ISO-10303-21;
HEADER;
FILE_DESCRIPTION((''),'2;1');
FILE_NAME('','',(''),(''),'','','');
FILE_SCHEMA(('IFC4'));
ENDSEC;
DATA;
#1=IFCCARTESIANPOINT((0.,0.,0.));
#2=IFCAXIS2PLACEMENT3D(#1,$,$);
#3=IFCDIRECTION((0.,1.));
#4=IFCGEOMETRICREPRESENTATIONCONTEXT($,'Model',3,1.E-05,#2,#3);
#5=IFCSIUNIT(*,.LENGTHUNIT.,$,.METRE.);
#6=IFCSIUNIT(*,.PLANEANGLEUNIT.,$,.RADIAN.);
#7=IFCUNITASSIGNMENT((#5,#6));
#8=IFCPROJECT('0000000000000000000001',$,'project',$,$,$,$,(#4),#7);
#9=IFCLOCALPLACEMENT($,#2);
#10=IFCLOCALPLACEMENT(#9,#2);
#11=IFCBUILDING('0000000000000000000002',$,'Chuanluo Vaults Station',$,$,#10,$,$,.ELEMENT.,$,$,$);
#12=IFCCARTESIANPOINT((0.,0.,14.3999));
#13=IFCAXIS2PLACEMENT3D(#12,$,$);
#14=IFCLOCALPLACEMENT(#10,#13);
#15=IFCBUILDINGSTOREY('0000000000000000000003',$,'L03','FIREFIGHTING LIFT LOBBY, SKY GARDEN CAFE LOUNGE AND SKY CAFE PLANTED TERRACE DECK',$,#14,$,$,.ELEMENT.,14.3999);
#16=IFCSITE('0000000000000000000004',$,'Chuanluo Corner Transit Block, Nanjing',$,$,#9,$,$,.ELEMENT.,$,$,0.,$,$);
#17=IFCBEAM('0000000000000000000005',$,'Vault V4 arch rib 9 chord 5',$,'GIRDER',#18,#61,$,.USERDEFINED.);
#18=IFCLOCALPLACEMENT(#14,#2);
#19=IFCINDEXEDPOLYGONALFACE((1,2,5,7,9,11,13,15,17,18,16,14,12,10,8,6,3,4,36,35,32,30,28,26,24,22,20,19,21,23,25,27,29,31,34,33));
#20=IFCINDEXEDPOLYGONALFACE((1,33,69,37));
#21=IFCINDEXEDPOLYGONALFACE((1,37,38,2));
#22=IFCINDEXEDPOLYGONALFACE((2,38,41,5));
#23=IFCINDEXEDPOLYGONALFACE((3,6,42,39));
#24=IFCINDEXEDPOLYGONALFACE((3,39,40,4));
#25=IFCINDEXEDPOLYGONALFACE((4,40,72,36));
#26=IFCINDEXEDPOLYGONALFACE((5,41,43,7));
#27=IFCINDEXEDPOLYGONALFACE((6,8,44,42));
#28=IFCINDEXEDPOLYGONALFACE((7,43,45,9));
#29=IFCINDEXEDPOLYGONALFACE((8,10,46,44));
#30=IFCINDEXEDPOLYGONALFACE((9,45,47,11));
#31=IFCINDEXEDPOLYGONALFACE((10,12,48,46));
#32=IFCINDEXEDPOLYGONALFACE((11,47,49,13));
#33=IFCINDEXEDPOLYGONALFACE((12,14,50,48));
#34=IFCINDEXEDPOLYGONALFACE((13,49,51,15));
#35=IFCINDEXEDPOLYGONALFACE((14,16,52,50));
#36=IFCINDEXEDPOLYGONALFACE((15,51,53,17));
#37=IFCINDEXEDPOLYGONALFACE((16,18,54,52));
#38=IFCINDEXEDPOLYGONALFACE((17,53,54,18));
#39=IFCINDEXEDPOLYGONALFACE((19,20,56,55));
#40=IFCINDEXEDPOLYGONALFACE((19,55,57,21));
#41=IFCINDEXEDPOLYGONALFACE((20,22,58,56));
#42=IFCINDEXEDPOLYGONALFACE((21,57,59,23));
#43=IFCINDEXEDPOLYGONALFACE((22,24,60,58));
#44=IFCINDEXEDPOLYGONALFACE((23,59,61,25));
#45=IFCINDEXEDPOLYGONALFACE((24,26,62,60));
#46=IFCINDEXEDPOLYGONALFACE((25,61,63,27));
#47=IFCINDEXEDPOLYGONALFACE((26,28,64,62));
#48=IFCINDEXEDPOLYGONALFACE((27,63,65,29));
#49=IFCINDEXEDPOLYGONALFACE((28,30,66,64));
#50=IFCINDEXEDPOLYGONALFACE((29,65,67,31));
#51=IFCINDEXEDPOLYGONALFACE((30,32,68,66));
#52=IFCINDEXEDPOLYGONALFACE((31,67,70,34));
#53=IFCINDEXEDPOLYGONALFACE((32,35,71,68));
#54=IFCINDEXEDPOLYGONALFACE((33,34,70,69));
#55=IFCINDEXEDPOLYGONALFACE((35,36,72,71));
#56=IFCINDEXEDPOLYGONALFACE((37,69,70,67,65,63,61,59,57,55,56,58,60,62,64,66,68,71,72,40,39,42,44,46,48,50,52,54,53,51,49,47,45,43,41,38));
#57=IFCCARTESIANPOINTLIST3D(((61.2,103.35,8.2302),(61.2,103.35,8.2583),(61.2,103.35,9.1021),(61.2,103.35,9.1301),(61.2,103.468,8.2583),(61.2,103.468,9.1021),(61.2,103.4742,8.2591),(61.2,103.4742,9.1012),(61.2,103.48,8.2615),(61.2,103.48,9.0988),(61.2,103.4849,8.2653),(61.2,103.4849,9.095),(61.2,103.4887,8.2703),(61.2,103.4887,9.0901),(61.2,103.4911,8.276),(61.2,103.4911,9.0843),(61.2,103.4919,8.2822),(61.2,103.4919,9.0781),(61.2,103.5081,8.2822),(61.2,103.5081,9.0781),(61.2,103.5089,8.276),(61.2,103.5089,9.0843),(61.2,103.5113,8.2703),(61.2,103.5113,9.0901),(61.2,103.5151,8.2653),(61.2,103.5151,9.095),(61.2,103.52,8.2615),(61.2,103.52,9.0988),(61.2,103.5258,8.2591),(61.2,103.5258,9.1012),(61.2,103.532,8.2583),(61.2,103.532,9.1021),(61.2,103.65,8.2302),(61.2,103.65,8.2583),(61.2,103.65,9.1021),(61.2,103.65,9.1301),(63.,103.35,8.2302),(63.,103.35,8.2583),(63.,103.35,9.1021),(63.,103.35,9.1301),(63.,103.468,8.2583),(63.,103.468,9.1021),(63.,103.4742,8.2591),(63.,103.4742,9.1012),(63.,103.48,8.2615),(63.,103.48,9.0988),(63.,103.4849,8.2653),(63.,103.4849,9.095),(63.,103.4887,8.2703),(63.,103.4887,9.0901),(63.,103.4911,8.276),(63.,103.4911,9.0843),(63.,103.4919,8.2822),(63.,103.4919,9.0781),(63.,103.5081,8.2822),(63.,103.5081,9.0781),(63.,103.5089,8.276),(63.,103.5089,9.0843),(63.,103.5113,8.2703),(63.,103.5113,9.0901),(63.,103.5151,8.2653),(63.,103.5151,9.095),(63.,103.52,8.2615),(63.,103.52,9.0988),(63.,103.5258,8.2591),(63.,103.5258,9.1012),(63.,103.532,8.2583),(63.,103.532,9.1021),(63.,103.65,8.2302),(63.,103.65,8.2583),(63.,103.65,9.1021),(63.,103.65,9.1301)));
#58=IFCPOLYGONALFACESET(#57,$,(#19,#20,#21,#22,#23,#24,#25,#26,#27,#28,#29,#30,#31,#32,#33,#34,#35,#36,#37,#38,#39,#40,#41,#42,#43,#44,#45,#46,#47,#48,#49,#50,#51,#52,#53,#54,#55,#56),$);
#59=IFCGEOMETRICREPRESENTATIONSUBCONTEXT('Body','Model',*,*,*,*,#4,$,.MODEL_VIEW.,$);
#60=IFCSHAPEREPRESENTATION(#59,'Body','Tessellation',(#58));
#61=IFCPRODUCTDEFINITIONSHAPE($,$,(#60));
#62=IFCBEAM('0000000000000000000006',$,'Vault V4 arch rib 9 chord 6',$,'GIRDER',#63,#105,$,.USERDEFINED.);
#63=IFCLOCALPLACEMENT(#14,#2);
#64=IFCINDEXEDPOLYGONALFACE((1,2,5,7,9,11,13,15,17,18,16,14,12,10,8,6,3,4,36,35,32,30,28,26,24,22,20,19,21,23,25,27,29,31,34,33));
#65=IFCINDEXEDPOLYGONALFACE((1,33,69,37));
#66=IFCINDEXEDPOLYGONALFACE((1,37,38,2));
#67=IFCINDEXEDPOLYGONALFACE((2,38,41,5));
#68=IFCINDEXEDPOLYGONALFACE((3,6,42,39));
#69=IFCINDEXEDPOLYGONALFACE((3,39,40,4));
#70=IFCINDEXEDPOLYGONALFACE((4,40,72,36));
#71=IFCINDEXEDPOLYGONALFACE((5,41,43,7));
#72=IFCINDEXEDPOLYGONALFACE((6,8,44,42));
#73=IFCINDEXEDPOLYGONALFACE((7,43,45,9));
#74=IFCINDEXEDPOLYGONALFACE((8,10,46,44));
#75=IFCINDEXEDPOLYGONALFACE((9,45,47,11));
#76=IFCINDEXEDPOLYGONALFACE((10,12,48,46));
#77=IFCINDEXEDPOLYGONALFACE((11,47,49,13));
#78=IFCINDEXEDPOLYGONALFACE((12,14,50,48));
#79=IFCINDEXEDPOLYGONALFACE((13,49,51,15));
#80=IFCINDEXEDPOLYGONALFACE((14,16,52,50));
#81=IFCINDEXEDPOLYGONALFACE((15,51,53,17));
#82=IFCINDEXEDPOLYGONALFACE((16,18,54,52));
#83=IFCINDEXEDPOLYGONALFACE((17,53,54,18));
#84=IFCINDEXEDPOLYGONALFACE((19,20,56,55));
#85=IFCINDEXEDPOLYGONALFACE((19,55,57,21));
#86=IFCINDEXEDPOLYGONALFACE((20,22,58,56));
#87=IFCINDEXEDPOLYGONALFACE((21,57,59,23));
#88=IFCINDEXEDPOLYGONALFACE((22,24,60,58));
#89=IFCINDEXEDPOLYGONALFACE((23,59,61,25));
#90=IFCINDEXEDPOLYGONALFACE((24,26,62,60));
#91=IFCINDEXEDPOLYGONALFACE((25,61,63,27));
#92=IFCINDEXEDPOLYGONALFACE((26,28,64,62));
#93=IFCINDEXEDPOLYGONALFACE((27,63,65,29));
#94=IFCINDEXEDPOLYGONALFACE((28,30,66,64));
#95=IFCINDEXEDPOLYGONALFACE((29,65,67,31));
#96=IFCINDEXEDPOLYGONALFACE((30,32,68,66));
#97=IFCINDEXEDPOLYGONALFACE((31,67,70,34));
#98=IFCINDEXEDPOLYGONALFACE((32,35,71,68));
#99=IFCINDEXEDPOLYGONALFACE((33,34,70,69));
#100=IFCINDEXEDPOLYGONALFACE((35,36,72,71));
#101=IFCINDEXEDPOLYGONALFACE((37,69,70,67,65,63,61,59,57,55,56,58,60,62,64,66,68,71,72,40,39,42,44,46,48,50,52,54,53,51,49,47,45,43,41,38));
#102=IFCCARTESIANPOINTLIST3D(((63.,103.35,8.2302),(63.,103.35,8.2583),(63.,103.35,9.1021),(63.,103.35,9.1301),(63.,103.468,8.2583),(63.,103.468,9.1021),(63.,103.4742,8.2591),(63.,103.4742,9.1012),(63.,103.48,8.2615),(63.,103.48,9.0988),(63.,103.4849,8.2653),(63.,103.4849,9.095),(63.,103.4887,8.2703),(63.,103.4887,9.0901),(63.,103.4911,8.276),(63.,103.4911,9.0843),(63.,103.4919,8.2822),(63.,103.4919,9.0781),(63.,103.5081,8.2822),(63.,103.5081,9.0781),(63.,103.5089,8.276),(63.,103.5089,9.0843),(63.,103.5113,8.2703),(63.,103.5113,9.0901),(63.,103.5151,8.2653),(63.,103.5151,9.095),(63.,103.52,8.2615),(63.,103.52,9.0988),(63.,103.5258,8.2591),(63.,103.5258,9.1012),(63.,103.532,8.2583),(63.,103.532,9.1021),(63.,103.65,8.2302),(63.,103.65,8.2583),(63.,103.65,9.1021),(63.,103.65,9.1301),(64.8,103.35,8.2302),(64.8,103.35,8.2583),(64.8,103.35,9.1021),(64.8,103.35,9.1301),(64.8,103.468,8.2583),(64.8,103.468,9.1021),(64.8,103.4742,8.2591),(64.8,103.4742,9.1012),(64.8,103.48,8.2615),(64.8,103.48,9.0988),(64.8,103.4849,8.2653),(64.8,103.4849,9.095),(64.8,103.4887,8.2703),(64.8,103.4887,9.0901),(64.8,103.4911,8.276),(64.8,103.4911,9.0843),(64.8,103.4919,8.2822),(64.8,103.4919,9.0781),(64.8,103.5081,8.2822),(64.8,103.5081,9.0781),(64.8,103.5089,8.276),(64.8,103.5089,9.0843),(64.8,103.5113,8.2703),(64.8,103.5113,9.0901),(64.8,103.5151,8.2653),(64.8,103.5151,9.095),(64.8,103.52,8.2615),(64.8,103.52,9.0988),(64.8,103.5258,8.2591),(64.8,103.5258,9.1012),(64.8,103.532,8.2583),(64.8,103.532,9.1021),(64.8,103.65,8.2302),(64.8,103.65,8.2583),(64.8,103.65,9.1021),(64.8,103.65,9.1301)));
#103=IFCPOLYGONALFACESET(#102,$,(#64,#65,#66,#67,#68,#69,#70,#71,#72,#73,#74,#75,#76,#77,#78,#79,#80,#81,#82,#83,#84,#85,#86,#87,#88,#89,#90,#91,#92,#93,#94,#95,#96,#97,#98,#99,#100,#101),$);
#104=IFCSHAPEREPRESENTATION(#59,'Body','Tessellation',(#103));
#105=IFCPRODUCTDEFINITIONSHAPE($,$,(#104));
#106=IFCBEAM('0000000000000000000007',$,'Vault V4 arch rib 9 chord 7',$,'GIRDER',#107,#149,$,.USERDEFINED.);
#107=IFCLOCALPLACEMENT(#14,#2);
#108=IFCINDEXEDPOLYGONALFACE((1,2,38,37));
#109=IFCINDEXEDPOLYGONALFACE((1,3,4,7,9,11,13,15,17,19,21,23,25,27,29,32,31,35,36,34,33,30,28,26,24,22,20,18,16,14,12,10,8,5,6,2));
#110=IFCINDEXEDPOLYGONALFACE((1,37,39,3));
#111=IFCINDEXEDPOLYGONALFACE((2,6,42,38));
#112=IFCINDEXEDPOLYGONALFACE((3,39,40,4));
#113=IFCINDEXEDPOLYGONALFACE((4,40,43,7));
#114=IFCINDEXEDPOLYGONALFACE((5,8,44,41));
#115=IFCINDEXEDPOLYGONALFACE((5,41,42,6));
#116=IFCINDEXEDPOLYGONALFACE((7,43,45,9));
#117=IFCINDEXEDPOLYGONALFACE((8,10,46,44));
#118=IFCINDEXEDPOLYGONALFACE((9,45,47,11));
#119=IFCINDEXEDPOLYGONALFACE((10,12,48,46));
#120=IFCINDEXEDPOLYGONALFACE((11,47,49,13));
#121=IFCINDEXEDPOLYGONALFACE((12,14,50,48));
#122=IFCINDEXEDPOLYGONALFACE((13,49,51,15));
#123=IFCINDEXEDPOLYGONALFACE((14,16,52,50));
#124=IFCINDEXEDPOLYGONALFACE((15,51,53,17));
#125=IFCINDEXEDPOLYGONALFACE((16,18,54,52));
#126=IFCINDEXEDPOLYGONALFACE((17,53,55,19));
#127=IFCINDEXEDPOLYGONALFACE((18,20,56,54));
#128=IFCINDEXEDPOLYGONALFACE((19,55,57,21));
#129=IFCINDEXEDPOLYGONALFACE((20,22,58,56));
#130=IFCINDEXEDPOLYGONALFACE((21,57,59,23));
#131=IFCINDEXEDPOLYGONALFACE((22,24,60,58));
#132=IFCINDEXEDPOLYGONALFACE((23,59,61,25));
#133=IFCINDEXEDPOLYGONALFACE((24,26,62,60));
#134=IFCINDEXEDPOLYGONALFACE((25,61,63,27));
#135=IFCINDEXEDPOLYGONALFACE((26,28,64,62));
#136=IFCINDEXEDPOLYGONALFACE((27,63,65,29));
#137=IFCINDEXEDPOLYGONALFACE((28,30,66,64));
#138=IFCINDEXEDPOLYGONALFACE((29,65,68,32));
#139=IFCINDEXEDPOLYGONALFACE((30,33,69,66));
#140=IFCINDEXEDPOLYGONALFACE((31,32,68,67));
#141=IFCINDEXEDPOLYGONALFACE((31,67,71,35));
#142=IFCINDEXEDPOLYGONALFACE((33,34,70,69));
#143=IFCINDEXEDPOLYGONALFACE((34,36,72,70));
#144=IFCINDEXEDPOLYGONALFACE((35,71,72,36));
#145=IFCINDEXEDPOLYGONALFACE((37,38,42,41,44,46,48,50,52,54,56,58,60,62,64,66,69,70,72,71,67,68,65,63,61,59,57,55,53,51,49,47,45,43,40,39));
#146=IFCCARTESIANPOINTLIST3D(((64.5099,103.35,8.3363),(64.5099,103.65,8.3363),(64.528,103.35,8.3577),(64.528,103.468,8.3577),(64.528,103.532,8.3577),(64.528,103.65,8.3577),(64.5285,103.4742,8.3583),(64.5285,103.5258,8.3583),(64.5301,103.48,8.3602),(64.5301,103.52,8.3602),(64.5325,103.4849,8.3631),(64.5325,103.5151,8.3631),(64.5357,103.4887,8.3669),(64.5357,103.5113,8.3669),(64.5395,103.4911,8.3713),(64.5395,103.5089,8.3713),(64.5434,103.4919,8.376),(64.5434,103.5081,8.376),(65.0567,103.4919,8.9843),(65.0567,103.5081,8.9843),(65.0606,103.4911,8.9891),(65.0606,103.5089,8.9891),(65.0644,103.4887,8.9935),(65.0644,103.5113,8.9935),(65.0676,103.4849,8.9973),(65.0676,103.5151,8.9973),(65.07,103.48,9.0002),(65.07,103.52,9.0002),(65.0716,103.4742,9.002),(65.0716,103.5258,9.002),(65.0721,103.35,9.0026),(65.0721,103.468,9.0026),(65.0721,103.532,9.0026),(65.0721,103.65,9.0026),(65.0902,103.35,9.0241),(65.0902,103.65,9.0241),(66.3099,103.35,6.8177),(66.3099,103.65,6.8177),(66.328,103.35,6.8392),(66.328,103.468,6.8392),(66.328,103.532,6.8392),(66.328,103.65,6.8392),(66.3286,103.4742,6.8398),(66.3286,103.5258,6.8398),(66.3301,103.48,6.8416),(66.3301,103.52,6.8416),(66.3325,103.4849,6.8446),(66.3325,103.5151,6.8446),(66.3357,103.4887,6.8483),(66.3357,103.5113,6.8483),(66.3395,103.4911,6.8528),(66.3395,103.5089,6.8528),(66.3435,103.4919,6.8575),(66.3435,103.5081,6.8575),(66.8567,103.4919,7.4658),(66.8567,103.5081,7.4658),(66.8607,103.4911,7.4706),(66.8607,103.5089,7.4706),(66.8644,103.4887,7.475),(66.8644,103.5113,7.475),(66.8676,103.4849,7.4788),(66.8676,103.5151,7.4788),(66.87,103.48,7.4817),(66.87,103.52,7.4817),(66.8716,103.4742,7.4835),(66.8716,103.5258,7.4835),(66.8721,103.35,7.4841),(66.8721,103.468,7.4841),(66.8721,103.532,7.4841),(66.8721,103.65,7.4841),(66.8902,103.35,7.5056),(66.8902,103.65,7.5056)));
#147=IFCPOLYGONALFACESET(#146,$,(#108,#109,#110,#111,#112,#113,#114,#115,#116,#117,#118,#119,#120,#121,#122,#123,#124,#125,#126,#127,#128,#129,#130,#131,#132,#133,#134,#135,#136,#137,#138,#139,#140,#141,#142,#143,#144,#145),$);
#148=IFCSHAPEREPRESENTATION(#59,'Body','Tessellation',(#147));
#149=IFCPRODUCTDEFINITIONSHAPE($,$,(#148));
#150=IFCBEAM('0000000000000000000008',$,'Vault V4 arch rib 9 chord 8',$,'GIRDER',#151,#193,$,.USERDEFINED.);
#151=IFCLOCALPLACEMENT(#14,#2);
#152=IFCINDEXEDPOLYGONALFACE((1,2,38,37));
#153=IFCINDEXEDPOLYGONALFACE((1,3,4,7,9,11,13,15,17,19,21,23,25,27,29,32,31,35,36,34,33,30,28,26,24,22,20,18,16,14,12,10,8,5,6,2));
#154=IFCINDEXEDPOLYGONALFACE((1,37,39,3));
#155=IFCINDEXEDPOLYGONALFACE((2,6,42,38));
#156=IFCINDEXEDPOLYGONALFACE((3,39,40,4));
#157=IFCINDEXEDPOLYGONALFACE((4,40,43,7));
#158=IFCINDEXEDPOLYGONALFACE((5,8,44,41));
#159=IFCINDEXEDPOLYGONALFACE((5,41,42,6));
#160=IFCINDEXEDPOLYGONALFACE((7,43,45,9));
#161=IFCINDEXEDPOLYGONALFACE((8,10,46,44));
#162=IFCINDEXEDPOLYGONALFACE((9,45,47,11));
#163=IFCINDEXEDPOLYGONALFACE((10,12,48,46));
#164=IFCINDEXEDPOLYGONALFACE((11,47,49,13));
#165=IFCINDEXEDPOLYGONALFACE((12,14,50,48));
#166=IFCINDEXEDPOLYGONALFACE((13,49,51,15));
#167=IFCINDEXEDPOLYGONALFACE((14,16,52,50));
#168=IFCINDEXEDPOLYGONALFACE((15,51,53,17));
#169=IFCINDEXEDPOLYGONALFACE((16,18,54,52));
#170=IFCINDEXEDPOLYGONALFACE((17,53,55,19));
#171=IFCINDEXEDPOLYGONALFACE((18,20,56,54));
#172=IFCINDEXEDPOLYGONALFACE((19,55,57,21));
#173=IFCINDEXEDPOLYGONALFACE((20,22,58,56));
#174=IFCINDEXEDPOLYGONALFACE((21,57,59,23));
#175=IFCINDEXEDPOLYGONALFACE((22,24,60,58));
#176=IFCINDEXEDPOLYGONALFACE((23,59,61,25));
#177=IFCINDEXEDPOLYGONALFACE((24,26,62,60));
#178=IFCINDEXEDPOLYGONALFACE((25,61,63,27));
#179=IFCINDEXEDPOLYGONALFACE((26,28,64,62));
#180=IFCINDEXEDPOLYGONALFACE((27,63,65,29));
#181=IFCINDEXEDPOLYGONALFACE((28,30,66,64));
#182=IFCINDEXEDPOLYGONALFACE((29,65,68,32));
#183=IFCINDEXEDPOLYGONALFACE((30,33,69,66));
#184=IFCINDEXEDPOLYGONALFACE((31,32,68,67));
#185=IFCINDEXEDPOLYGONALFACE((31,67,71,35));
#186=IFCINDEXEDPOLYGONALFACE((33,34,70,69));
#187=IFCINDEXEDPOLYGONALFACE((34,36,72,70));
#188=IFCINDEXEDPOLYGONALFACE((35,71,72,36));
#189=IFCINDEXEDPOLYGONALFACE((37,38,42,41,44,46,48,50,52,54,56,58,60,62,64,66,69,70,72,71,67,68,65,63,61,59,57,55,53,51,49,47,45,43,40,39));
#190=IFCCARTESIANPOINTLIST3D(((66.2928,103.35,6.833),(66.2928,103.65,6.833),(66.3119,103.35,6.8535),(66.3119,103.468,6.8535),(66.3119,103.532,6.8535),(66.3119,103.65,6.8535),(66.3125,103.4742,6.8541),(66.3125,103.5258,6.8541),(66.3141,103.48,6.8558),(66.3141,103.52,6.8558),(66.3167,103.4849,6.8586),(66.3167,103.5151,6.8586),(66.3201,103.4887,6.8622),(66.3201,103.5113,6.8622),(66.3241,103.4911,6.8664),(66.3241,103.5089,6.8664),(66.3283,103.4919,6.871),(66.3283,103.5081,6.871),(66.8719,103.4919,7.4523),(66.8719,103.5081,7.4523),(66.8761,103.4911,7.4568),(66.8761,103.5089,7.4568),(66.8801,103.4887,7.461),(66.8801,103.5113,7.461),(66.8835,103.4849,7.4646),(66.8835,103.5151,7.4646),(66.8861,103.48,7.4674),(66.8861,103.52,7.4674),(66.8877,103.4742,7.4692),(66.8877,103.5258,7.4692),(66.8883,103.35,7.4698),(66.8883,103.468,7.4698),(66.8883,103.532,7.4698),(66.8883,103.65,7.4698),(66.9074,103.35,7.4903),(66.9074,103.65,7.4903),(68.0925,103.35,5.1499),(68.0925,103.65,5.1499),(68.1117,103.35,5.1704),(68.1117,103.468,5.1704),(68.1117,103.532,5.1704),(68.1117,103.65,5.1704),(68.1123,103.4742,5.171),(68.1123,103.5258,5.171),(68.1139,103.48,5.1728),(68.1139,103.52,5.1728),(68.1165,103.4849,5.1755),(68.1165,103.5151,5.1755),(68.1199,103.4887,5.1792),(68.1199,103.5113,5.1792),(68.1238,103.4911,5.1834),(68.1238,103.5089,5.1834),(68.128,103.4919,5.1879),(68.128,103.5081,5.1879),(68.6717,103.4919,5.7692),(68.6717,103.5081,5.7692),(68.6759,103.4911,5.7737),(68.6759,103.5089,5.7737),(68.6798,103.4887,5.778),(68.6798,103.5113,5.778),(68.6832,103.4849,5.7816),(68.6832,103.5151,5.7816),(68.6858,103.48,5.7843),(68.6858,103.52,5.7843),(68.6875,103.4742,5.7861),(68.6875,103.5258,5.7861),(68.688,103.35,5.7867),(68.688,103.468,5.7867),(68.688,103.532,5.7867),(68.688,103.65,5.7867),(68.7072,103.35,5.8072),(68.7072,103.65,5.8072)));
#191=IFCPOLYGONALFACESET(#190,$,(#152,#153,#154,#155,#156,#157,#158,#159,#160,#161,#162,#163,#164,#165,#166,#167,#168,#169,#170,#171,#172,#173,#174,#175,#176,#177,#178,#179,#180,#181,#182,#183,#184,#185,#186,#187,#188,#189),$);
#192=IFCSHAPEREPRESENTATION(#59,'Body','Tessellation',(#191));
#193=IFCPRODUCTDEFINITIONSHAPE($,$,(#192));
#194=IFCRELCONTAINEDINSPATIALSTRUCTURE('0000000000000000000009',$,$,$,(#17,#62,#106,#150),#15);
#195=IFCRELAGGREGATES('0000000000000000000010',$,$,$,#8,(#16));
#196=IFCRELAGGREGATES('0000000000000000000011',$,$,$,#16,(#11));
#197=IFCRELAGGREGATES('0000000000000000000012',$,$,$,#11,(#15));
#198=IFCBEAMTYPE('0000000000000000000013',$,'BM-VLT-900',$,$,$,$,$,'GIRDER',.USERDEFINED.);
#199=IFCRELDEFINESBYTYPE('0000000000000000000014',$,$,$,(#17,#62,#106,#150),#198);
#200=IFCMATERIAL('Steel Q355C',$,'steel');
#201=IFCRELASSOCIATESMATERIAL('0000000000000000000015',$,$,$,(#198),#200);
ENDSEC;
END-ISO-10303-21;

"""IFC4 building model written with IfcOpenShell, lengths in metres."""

from ifc_helpers import new_model, si_unit, direction, frame, origin, origin_2d, place, context, subcontext, project, spatial, i_section, extrude, material, material_profile, profile_set, type_object, element, save


model = new_model("IFC4")

# Units and contexts
model_context = context("Model", 3, precision=1e-05, world=origin(), true_north=direction((0.0, 1.0)))
body_context = subcontext(model_context, "Body", "Model", "MODEL_VIEW")
ifc_project = project(units=[si_unit("LENGTHUNIT", "METRE"), si_unit("PLANEANGLEUNIT", "RADIAN")], contexts=[model_context])

# Site, building, storey
site_placement = place(None, origin())
site = spatial("IfcSite", under=ifc_project, at=site_placement, Name="Chuanluo Corner Transit Block, Nanjing", CompositionType="ELEMENT", RefElevation=0.0)
building_placement = place(site_placement, origin())
building = spatial("IfcBuilding", under=site, at=building_placement, Name="Chuanluo Vaults Station", CompositionType="ELEMENT")
storey_placement = place(building_placement, frame((0.0, 0.0, 14.3999)))
storey = spatial("IfcBuildingStorey", under=building, at=storey_placement, Name="L03", Description="FIREFIGHTING LIFT LOBBY, SKY GARDEN CAFE LOUNGE AND SKY CAFE PLANTED TERRACE DECK", CompositionType="ELEMENT", Elevation=14.3999)

# Beams
ifc_material_1 = material(Name="Steel Q355C", Category="steel")
ifc_material_profile_1 = material_profile(ifc_material_1, i_section(OverallWidth=0.3, OverallDepth=0.8999, WebThickness=0.0161, FlangeThickness=0.0281, FilletRadius=0.0239, at=origin_2d()))
ifc_profile_set_1 = profile_set([ifc_material_profile_1], Name="Steel Q355C")
beam_type_1 = type_object("IfcBeamType", Name="BM-VLT-900", ElementType="GIRDER", PredefinedType="USERDEFINED", material=ifc_profile_set_1)
for number, where, z_axis, x_axis, name in (
    (1, (61.2, 103.5, 8.6802), (1.0, 0.0, 0.0), (0.0, 1.0, 0.0), "Vault V4 arch rib 9 chord 5"),
    (2, (63.0, 103.5, 8.6802), (1.0, 0.0, 0.0), (0.0, 1.0, 0.0), "Vault V4 arch rib 9 chord 6"),
):
    element("IfcBeam", number, at=place(storey_placement, frame(where, z_axis=z_axis, x_axis=x_axis)), inside=storey, type_object=beam_type_1, Name=name, ObjectType="GIRDER", PredefinedType="USERDEFINED", context=body_context, shape_type="SweptSolid", body=[
        extrude(i_section(OverallWidth=0.3, OverallDepth=0.8999, WebThickness=0.0161, FlangeThickness=0.0281, FilletRadius=0.0239, at=origin_2d()), origin(), (0.0, 0.0, 1.0), 1.8),
    ])
beam_1_placement = place(storey_placement, frame((64.8, 103.5, 8.6802), z_axis=(0.764341, 0.0, -0.644812), x_axis=(0.0, 1.0, 0.0)))
element("IfcBeam", 3, at=beam_1_placement, inside=storey, type_object=beam_type_1, Name="Vault V4 arch rib 9 chord 7", ObjectType="GIRDER", PredefinedType="USERDEFINED", context=body_context, shape_type="SweptSolid", body=[
    extrude(i_section(OverallWidth=0.3, OverallDepth=0.8999, WebThickness=0.0161, FlangeThickness=0.0281, FilletRadius=0.0239, at=origin_2d()), origin(), (0.0, 0.0, 1.0), 2.355),
])
beam_2_placement = place(storey_placement, frame((66.6001, 103.5, 7.1616), z_axis=(0.730389, 0.0, -0.683031), x_axis=(0.0, 1.0, 0.0)))
element("IfcBeam", 4, at=beam_2_placement, inside=storey, type_object=beam_type_1, Name="Vault V4 arch rib 9 chord 8", ObjectType="GIRDER", PredefinedType="USERDEFINED", context=body_context, shape_type="SweptSolid", body=[
    extrude(i_section(OverallWidth=0.3, OverallDepth=0.8999, WebThickness=0.0161, FlangeThickness=0.0281, FilletRadius=0.0239, at=origin_2d()), origin(), (0.0, 0.0, 1.0), 2.4641),
])

save(model, "model.ifc")
